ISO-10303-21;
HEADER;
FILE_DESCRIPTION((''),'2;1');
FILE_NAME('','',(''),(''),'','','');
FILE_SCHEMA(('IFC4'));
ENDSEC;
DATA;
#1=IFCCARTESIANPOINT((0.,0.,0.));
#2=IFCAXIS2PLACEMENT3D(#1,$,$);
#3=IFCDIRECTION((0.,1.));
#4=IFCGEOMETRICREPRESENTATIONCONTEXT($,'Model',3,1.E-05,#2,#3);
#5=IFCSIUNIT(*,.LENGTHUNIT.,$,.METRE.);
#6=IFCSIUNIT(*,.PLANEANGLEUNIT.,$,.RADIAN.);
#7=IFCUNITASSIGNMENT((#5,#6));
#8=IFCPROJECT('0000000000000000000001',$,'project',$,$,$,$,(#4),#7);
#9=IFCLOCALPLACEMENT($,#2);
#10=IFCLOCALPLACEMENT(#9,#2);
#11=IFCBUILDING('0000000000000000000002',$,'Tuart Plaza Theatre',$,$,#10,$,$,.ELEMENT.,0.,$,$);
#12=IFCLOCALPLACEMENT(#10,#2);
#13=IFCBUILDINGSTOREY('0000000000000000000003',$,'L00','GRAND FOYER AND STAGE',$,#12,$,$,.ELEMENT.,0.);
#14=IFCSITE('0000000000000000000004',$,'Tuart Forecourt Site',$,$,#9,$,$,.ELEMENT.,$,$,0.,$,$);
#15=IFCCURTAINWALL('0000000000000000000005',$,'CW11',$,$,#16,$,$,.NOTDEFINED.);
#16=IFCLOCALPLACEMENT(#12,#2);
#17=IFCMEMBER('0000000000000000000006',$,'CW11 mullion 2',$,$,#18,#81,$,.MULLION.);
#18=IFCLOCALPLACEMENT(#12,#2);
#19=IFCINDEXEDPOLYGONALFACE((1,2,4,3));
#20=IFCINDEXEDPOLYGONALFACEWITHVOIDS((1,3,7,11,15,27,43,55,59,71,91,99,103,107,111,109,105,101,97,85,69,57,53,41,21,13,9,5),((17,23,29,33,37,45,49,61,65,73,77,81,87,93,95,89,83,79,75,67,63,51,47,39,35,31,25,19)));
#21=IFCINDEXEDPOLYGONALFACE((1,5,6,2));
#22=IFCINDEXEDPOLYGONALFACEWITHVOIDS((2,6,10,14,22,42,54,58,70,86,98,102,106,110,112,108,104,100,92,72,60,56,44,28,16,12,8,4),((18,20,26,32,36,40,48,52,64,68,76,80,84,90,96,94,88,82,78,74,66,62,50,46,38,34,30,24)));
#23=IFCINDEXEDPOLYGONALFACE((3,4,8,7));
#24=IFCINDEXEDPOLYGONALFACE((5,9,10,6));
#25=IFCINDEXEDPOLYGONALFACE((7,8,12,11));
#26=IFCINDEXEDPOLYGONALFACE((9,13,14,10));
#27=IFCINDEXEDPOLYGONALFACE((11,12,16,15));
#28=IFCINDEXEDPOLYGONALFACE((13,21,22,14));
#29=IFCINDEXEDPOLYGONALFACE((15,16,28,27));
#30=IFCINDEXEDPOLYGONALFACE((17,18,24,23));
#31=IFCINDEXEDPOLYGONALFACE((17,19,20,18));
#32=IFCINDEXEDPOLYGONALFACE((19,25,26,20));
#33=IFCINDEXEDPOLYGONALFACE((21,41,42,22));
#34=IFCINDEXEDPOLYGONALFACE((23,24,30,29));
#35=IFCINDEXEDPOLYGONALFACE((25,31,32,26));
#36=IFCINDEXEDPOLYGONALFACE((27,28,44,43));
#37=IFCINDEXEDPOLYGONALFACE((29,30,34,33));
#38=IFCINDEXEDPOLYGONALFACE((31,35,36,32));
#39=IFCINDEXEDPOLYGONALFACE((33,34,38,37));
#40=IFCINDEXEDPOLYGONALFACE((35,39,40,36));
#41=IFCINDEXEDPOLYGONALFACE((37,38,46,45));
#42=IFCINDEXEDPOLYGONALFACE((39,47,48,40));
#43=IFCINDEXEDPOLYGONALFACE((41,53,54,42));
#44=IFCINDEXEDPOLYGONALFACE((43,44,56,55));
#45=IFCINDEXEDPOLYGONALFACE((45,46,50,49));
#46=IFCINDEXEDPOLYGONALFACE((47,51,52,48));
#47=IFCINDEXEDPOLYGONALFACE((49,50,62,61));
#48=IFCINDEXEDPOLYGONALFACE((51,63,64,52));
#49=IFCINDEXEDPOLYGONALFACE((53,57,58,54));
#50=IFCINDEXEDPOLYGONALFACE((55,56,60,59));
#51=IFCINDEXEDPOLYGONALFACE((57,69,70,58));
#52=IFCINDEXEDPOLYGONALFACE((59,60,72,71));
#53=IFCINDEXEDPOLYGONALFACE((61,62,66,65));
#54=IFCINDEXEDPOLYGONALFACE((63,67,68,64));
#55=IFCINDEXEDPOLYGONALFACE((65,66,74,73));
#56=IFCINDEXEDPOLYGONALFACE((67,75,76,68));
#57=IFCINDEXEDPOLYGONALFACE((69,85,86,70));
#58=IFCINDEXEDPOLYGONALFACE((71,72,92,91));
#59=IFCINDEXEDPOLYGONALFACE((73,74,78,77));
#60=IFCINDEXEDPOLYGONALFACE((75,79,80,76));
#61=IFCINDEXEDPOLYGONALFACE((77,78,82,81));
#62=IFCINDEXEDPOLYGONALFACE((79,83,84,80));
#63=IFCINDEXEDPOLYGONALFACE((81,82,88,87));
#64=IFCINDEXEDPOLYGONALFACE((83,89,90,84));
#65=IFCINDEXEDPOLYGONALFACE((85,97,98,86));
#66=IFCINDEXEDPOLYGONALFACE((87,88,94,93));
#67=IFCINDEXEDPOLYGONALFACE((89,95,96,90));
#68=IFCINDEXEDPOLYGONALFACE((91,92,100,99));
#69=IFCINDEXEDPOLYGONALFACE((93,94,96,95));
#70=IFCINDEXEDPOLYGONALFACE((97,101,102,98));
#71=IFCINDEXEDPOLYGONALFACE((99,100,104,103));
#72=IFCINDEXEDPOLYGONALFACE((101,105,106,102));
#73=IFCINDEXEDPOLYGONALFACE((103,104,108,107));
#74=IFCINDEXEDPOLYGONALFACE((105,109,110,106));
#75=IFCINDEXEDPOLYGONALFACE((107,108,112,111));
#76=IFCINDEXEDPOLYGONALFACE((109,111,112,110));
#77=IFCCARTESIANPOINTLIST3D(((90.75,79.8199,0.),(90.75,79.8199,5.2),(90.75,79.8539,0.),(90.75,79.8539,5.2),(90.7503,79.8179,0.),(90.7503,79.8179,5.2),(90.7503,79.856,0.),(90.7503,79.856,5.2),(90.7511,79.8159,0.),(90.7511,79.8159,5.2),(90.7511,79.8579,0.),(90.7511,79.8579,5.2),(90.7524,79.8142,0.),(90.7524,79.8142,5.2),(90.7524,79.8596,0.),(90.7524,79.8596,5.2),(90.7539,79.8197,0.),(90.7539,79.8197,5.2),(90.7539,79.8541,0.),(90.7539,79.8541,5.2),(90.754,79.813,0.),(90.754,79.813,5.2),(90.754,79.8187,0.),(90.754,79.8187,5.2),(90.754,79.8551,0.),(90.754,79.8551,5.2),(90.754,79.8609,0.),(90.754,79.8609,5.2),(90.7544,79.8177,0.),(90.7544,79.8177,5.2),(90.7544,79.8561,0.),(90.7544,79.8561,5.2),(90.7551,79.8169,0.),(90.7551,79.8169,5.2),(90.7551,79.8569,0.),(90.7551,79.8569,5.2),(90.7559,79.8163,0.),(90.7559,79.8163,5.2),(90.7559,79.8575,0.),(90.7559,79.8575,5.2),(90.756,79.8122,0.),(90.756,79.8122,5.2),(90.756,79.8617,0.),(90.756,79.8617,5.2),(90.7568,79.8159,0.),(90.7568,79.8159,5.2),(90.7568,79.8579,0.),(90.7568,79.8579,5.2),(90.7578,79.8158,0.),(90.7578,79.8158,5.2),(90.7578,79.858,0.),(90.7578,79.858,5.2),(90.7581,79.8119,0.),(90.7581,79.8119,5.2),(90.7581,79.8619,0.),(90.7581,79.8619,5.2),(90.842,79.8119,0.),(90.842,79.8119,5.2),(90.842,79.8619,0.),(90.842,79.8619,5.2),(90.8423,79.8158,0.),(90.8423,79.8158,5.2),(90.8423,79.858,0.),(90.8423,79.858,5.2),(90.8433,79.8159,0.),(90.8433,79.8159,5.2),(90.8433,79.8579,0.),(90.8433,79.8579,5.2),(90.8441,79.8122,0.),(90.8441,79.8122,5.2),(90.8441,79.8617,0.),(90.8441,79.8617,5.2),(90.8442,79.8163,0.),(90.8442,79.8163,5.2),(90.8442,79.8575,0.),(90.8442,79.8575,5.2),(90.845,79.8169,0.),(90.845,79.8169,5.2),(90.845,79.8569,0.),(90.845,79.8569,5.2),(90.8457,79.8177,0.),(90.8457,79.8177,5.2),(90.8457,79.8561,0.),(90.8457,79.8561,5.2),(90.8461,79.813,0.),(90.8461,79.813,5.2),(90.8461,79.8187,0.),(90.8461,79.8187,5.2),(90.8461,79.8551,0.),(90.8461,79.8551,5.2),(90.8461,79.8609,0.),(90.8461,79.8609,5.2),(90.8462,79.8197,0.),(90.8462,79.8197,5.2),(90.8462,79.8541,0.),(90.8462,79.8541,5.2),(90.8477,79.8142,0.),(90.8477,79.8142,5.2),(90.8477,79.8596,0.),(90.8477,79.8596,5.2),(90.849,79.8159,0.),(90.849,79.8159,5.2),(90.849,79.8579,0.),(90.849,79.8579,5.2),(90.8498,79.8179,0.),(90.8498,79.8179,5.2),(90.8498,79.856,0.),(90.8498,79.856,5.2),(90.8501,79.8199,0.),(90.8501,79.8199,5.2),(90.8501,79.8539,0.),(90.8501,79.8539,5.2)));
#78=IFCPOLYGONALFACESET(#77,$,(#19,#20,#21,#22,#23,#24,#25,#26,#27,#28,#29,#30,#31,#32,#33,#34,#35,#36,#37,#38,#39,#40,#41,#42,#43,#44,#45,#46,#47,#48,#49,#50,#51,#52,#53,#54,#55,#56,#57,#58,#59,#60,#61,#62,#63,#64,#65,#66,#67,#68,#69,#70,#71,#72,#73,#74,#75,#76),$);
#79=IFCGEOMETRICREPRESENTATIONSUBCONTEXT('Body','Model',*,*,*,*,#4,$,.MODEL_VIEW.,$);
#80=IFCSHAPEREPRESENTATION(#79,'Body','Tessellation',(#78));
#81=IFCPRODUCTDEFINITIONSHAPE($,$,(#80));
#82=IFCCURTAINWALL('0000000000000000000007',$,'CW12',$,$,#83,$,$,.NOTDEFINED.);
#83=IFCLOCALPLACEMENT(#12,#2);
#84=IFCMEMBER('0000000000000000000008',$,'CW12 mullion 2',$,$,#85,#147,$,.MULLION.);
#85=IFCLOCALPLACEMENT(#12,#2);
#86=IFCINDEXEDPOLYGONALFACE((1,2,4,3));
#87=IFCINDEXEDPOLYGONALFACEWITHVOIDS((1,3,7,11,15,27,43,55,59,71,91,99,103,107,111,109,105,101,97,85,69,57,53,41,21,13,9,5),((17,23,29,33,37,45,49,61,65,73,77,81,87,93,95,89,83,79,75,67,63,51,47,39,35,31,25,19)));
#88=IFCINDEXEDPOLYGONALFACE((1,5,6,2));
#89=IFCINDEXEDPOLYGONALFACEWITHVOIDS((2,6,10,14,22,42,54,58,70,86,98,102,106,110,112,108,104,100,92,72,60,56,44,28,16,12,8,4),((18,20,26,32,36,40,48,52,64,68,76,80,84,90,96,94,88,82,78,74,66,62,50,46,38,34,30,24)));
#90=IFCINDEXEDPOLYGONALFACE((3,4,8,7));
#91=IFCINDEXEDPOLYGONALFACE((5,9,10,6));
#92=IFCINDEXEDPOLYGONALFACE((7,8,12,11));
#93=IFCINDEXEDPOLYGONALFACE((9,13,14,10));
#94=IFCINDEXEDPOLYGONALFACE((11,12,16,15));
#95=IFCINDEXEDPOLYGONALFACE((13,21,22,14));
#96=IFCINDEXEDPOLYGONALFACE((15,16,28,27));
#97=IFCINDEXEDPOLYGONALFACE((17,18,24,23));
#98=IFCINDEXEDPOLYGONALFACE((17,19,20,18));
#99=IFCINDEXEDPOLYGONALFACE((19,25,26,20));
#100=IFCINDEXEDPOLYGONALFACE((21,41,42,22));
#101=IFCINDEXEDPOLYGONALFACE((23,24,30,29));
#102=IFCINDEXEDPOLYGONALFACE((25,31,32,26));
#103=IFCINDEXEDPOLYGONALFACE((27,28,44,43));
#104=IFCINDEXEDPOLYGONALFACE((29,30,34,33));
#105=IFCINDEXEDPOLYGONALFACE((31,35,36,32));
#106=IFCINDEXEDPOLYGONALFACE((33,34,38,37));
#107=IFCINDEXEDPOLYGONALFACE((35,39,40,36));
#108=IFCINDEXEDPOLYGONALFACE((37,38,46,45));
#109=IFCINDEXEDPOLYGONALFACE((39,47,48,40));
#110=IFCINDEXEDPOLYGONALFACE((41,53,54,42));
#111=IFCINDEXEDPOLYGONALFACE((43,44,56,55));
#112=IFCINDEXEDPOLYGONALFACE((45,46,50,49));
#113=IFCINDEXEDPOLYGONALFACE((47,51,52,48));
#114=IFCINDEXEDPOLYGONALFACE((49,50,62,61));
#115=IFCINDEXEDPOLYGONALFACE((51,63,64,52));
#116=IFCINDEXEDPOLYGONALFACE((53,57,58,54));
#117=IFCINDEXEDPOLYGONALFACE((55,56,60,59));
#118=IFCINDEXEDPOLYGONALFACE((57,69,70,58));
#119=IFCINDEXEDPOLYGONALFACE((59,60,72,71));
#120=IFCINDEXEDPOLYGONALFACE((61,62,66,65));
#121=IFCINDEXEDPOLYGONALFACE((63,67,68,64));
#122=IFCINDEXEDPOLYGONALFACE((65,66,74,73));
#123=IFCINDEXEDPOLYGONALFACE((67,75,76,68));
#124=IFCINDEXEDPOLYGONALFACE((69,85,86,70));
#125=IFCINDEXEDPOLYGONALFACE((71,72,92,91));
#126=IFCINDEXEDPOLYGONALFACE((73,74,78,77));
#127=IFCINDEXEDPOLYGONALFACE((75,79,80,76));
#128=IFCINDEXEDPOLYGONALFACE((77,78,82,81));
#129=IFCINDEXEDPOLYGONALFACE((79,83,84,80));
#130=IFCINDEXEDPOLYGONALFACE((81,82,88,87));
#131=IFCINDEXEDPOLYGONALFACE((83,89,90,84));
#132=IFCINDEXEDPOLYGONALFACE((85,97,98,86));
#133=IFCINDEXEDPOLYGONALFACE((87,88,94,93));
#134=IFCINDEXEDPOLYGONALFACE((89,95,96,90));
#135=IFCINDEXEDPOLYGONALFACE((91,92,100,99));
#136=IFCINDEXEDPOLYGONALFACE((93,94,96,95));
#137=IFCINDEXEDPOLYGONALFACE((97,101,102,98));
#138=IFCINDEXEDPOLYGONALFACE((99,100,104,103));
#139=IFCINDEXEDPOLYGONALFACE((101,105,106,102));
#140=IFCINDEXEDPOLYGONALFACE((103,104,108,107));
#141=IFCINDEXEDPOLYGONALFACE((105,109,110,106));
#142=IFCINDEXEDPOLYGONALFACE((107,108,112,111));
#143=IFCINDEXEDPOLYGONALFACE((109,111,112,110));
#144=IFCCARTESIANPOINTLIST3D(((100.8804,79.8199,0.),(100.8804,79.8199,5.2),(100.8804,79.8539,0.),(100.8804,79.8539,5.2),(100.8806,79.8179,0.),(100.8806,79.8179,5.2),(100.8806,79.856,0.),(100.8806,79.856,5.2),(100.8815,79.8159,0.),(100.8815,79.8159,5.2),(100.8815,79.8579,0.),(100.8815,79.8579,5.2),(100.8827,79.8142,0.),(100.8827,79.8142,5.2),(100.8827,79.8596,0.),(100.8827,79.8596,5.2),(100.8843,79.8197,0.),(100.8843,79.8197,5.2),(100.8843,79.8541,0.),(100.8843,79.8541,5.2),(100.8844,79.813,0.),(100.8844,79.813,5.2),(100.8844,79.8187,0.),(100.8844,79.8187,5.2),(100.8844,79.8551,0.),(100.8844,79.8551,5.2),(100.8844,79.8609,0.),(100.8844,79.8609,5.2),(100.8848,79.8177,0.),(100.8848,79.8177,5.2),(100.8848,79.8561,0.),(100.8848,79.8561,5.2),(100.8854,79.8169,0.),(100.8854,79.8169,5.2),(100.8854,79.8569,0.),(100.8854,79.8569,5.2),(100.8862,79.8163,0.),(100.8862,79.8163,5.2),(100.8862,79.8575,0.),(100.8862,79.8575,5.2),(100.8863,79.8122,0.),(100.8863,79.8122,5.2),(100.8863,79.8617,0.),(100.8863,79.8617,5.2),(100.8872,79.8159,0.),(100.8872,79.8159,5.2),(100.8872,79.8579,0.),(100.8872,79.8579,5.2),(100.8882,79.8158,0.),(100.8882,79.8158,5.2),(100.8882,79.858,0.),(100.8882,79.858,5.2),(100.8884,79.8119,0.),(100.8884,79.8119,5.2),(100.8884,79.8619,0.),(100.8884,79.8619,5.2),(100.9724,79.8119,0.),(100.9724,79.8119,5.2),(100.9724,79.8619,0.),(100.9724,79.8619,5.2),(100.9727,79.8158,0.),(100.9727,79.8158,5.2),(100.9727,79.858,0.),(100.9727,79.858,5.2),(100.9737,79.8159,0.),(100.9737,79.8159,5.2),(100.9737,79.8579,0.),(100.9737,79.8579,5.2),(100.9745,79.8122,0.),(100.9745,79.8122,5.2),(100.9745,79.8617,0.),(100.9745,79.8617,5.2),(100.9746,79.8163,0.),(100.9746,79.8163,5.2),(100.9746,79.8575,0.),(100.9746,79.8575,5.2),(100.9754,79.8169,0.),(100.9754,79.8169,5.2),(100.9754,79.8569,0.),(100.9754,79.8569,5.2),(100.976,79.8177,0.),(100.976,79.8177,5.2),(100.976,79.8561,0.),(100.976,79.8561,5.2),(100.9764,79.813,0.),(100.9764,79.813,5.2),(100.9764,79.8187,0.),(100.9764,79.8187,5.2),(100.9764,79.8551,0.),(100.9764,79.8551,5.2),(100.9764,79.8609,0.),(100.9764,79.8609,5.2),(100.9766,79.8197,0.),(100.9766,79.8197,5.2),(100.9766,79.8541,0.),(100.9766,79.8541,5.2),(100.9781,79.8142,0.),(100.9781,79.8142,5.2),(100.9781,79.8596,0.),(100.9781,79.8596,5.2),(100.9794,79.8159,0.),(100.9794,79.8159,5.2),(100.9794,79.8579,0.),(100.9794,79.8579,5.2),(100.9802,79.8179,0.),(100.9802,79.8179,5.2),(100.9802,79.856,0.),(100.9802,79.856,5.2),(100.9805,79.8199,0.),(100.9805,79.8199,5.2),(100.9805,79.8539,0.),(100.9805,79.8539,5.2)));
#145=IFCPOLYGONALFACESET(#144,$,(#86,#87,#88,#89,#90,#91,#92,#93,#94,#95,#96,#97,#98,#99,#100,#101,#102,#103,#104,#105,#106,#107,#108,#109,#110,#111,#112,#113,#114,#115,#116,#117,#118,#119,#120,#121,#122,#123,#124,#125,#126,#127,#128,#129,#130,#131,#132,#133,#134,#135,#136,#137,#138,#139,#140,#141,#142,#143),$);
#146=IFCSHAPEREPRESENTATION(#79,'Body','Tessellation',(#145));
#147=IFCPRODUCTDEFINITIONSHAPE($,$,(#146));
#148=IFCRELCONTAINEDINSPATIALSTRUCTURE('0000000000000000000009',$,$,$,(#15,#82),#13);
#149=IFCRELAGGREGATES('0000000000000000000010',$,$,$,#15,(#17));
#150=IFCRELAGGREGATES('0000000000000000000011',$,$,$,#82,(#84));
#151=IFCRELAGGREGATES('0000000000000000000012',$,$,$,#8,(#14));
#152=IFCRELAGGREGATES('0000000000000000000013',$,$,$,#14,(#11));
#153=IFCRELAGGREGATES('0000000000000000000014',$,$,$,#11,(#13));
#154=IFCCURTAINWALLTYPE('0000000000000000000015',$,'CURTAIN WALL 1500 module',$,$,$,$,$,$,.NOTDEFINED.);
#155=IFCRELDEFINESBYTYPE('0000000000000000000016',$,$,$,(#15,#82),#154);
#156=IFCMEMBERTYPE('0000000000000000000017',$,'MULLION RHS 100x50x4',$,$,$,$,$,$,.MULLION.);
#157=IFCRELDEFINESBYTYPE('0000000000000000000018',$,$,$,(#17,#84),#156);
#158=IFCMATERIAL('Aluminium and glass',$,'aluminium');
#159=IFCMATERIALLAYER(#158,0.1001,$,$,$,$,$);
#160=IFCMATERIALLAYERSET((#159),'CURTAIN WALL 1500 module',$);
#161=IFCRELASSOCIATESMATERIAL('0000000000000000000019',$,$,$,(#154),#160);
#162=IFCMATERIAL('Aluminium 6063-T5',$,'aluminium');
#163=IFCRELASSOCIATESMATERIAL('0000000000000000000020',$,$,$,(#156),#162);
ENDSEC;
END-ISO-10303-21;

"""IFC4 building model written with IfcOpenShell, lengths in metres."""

from ifc_helpers import new_model, si_unit, direction, frame, origin, origin_2d, place, context, subcontext, project, spatial, hollow_rectangle, extrude, material, layer, layer_set, material_profile, profile_set, type_object, element, aggregate, save


model = new_model("IFC4")

# Units and contexts
model_context = context("Model", 3, precision=1e-05, world=origin(), true_north=direction((0.0, 1.0)))
body_context = subcontext(model_context, "Body", "Model", "MODEL_VIEW")
ifc_project = project(units=[si_unit("LENGTHUNIT", "METRE"), si_unit("PLANEANGLEUNIT", "RADIAN")], contexts=[model_context])

# Site, building, storey
site_placement = place(None, origin())
site = spatial("IfcSite", under=ifc_project, at=site_placement, Name="Tuart Forecourt Site", CompositionType="ELEMENT", RefElevation=0.0)
building_placement = place(site_placement, origin())
building = spatial("IfcBuilding", under=site, at=building_placement, Name="Tuart Plaza Theatre", CompositionType="ELEMENT", ElevationOfRefHeight=0.0)
storey_placement = place(building_placement, origin())
storey = spatial("IfcBuildingStorey", under=building, at=storey_placement, Name="L00", Description="GRAND FOYER AND STAGE", CompositionType="ELEMENT", Elevation=0.0)

# Curtain walls, members
ifc_material_1 = material(Name="Aluminium and glass", Category="aluminium")
ifc_layer_1 = layer(ifc_material_1, 0.1001)
ifc_layer_set_1 = layer_set([ifc_layer_1], Name="CURTAIN WALL 1500 module")
curtain_wall_type = type_object("IfcCurtainWallType", Name="CURTAIN WALL 1500 module", PredefinedType="NOTDEFINED", material=ifc_layer_set_1)
curtain_wall_1_placement = place(storey_placement, origin())
curtain_wall_1 = element("IfcCurtainWall", 1, at=curtain_wall_1_placement, inside=storey, type_object=curtain_wall_type, Name="CW11", PredefinedType="NOTDEFINED")
ifc_material_2 = material(Name="Aluminium 6063-T5", Category="aluminium")
ifc_material_profile_1 = material_profile(ifc_material_2, hollow_rectangle(XDim=0.05, YDim=0.1001, WallThickness=0.0039, InnerFilletRadius=0.0039, OuterFilletRadius=0.0081, at=origin_2d()), Name="RHS 100x50x4")
ifc_profile_set_1 = profile_set([ifc_material_profile_1], Name="Aluminium 6063-T5")
member_type_1 = type_object("IfcMemberType", Name="MULLION RHS 100x50x4", PredefinedType="MULLION", material=ifc_profile_set_1)
member_1_placement = place(storey_placement, frame((90.8, 79.8369, 0.0), z_axis=(0.0, 0.0, 1.0), x_axis=(0.0, 1.0, 0.0)))
member_1 = element("IfcMember", 2, at=member_1_placement, type_object=member_type_1, Name="CW11 mullion 2", PredefinedType="MULLION", context=body_context, shape_type="SweptSolid", body=[
    extrude(hollow_rectangle(XDim=0.05, YDim=0.1001, WallThickness=0.0039, InnerFilletRadius=0.0039, OuterFilletRadius=0.0081, at=origin_2d()), origin(), (0.0, 0.0, 1.0), 5.2),
])
curtain_wall_2_placement = place(storey_placement, origin())
curtain_wall_2 = element("IfcCurtainWall", 3, at=curtain_wall_2_placement, inside=storey, type_object=curtain_wall_type, Name="CW12", PredefinedType="NOTDEFINED")
member_2_placement = place(storey_placement, frame((100.9304, 79.8369, 0.0), z_axis=(0.0, 0.0, 1.0), x_axis=(0.0, 1.0, 0.0)))
member_2 = element("IfcMember", 4, at=member_2_placement, type_object=member_type_1, Name="CW12 mullion 2", PredefinedType="MULLION", context=body_context, shape_type="SweptSolid", body=[
    extrude(hollow_rectangle(XDim=0.05, YDim=0.1001, WallThickness=0.0039, InnerFilletRadius=0.0039, OuterFilletRadius=0.0081, at=origin_2d()), origin(), (0.0, 0.0, 1.0), 5.2),
])

aggregate(curtain_wall_1, [member_1])
aggregate(curtain_wall_2, [member_2])

save(model, "model.ifc")
